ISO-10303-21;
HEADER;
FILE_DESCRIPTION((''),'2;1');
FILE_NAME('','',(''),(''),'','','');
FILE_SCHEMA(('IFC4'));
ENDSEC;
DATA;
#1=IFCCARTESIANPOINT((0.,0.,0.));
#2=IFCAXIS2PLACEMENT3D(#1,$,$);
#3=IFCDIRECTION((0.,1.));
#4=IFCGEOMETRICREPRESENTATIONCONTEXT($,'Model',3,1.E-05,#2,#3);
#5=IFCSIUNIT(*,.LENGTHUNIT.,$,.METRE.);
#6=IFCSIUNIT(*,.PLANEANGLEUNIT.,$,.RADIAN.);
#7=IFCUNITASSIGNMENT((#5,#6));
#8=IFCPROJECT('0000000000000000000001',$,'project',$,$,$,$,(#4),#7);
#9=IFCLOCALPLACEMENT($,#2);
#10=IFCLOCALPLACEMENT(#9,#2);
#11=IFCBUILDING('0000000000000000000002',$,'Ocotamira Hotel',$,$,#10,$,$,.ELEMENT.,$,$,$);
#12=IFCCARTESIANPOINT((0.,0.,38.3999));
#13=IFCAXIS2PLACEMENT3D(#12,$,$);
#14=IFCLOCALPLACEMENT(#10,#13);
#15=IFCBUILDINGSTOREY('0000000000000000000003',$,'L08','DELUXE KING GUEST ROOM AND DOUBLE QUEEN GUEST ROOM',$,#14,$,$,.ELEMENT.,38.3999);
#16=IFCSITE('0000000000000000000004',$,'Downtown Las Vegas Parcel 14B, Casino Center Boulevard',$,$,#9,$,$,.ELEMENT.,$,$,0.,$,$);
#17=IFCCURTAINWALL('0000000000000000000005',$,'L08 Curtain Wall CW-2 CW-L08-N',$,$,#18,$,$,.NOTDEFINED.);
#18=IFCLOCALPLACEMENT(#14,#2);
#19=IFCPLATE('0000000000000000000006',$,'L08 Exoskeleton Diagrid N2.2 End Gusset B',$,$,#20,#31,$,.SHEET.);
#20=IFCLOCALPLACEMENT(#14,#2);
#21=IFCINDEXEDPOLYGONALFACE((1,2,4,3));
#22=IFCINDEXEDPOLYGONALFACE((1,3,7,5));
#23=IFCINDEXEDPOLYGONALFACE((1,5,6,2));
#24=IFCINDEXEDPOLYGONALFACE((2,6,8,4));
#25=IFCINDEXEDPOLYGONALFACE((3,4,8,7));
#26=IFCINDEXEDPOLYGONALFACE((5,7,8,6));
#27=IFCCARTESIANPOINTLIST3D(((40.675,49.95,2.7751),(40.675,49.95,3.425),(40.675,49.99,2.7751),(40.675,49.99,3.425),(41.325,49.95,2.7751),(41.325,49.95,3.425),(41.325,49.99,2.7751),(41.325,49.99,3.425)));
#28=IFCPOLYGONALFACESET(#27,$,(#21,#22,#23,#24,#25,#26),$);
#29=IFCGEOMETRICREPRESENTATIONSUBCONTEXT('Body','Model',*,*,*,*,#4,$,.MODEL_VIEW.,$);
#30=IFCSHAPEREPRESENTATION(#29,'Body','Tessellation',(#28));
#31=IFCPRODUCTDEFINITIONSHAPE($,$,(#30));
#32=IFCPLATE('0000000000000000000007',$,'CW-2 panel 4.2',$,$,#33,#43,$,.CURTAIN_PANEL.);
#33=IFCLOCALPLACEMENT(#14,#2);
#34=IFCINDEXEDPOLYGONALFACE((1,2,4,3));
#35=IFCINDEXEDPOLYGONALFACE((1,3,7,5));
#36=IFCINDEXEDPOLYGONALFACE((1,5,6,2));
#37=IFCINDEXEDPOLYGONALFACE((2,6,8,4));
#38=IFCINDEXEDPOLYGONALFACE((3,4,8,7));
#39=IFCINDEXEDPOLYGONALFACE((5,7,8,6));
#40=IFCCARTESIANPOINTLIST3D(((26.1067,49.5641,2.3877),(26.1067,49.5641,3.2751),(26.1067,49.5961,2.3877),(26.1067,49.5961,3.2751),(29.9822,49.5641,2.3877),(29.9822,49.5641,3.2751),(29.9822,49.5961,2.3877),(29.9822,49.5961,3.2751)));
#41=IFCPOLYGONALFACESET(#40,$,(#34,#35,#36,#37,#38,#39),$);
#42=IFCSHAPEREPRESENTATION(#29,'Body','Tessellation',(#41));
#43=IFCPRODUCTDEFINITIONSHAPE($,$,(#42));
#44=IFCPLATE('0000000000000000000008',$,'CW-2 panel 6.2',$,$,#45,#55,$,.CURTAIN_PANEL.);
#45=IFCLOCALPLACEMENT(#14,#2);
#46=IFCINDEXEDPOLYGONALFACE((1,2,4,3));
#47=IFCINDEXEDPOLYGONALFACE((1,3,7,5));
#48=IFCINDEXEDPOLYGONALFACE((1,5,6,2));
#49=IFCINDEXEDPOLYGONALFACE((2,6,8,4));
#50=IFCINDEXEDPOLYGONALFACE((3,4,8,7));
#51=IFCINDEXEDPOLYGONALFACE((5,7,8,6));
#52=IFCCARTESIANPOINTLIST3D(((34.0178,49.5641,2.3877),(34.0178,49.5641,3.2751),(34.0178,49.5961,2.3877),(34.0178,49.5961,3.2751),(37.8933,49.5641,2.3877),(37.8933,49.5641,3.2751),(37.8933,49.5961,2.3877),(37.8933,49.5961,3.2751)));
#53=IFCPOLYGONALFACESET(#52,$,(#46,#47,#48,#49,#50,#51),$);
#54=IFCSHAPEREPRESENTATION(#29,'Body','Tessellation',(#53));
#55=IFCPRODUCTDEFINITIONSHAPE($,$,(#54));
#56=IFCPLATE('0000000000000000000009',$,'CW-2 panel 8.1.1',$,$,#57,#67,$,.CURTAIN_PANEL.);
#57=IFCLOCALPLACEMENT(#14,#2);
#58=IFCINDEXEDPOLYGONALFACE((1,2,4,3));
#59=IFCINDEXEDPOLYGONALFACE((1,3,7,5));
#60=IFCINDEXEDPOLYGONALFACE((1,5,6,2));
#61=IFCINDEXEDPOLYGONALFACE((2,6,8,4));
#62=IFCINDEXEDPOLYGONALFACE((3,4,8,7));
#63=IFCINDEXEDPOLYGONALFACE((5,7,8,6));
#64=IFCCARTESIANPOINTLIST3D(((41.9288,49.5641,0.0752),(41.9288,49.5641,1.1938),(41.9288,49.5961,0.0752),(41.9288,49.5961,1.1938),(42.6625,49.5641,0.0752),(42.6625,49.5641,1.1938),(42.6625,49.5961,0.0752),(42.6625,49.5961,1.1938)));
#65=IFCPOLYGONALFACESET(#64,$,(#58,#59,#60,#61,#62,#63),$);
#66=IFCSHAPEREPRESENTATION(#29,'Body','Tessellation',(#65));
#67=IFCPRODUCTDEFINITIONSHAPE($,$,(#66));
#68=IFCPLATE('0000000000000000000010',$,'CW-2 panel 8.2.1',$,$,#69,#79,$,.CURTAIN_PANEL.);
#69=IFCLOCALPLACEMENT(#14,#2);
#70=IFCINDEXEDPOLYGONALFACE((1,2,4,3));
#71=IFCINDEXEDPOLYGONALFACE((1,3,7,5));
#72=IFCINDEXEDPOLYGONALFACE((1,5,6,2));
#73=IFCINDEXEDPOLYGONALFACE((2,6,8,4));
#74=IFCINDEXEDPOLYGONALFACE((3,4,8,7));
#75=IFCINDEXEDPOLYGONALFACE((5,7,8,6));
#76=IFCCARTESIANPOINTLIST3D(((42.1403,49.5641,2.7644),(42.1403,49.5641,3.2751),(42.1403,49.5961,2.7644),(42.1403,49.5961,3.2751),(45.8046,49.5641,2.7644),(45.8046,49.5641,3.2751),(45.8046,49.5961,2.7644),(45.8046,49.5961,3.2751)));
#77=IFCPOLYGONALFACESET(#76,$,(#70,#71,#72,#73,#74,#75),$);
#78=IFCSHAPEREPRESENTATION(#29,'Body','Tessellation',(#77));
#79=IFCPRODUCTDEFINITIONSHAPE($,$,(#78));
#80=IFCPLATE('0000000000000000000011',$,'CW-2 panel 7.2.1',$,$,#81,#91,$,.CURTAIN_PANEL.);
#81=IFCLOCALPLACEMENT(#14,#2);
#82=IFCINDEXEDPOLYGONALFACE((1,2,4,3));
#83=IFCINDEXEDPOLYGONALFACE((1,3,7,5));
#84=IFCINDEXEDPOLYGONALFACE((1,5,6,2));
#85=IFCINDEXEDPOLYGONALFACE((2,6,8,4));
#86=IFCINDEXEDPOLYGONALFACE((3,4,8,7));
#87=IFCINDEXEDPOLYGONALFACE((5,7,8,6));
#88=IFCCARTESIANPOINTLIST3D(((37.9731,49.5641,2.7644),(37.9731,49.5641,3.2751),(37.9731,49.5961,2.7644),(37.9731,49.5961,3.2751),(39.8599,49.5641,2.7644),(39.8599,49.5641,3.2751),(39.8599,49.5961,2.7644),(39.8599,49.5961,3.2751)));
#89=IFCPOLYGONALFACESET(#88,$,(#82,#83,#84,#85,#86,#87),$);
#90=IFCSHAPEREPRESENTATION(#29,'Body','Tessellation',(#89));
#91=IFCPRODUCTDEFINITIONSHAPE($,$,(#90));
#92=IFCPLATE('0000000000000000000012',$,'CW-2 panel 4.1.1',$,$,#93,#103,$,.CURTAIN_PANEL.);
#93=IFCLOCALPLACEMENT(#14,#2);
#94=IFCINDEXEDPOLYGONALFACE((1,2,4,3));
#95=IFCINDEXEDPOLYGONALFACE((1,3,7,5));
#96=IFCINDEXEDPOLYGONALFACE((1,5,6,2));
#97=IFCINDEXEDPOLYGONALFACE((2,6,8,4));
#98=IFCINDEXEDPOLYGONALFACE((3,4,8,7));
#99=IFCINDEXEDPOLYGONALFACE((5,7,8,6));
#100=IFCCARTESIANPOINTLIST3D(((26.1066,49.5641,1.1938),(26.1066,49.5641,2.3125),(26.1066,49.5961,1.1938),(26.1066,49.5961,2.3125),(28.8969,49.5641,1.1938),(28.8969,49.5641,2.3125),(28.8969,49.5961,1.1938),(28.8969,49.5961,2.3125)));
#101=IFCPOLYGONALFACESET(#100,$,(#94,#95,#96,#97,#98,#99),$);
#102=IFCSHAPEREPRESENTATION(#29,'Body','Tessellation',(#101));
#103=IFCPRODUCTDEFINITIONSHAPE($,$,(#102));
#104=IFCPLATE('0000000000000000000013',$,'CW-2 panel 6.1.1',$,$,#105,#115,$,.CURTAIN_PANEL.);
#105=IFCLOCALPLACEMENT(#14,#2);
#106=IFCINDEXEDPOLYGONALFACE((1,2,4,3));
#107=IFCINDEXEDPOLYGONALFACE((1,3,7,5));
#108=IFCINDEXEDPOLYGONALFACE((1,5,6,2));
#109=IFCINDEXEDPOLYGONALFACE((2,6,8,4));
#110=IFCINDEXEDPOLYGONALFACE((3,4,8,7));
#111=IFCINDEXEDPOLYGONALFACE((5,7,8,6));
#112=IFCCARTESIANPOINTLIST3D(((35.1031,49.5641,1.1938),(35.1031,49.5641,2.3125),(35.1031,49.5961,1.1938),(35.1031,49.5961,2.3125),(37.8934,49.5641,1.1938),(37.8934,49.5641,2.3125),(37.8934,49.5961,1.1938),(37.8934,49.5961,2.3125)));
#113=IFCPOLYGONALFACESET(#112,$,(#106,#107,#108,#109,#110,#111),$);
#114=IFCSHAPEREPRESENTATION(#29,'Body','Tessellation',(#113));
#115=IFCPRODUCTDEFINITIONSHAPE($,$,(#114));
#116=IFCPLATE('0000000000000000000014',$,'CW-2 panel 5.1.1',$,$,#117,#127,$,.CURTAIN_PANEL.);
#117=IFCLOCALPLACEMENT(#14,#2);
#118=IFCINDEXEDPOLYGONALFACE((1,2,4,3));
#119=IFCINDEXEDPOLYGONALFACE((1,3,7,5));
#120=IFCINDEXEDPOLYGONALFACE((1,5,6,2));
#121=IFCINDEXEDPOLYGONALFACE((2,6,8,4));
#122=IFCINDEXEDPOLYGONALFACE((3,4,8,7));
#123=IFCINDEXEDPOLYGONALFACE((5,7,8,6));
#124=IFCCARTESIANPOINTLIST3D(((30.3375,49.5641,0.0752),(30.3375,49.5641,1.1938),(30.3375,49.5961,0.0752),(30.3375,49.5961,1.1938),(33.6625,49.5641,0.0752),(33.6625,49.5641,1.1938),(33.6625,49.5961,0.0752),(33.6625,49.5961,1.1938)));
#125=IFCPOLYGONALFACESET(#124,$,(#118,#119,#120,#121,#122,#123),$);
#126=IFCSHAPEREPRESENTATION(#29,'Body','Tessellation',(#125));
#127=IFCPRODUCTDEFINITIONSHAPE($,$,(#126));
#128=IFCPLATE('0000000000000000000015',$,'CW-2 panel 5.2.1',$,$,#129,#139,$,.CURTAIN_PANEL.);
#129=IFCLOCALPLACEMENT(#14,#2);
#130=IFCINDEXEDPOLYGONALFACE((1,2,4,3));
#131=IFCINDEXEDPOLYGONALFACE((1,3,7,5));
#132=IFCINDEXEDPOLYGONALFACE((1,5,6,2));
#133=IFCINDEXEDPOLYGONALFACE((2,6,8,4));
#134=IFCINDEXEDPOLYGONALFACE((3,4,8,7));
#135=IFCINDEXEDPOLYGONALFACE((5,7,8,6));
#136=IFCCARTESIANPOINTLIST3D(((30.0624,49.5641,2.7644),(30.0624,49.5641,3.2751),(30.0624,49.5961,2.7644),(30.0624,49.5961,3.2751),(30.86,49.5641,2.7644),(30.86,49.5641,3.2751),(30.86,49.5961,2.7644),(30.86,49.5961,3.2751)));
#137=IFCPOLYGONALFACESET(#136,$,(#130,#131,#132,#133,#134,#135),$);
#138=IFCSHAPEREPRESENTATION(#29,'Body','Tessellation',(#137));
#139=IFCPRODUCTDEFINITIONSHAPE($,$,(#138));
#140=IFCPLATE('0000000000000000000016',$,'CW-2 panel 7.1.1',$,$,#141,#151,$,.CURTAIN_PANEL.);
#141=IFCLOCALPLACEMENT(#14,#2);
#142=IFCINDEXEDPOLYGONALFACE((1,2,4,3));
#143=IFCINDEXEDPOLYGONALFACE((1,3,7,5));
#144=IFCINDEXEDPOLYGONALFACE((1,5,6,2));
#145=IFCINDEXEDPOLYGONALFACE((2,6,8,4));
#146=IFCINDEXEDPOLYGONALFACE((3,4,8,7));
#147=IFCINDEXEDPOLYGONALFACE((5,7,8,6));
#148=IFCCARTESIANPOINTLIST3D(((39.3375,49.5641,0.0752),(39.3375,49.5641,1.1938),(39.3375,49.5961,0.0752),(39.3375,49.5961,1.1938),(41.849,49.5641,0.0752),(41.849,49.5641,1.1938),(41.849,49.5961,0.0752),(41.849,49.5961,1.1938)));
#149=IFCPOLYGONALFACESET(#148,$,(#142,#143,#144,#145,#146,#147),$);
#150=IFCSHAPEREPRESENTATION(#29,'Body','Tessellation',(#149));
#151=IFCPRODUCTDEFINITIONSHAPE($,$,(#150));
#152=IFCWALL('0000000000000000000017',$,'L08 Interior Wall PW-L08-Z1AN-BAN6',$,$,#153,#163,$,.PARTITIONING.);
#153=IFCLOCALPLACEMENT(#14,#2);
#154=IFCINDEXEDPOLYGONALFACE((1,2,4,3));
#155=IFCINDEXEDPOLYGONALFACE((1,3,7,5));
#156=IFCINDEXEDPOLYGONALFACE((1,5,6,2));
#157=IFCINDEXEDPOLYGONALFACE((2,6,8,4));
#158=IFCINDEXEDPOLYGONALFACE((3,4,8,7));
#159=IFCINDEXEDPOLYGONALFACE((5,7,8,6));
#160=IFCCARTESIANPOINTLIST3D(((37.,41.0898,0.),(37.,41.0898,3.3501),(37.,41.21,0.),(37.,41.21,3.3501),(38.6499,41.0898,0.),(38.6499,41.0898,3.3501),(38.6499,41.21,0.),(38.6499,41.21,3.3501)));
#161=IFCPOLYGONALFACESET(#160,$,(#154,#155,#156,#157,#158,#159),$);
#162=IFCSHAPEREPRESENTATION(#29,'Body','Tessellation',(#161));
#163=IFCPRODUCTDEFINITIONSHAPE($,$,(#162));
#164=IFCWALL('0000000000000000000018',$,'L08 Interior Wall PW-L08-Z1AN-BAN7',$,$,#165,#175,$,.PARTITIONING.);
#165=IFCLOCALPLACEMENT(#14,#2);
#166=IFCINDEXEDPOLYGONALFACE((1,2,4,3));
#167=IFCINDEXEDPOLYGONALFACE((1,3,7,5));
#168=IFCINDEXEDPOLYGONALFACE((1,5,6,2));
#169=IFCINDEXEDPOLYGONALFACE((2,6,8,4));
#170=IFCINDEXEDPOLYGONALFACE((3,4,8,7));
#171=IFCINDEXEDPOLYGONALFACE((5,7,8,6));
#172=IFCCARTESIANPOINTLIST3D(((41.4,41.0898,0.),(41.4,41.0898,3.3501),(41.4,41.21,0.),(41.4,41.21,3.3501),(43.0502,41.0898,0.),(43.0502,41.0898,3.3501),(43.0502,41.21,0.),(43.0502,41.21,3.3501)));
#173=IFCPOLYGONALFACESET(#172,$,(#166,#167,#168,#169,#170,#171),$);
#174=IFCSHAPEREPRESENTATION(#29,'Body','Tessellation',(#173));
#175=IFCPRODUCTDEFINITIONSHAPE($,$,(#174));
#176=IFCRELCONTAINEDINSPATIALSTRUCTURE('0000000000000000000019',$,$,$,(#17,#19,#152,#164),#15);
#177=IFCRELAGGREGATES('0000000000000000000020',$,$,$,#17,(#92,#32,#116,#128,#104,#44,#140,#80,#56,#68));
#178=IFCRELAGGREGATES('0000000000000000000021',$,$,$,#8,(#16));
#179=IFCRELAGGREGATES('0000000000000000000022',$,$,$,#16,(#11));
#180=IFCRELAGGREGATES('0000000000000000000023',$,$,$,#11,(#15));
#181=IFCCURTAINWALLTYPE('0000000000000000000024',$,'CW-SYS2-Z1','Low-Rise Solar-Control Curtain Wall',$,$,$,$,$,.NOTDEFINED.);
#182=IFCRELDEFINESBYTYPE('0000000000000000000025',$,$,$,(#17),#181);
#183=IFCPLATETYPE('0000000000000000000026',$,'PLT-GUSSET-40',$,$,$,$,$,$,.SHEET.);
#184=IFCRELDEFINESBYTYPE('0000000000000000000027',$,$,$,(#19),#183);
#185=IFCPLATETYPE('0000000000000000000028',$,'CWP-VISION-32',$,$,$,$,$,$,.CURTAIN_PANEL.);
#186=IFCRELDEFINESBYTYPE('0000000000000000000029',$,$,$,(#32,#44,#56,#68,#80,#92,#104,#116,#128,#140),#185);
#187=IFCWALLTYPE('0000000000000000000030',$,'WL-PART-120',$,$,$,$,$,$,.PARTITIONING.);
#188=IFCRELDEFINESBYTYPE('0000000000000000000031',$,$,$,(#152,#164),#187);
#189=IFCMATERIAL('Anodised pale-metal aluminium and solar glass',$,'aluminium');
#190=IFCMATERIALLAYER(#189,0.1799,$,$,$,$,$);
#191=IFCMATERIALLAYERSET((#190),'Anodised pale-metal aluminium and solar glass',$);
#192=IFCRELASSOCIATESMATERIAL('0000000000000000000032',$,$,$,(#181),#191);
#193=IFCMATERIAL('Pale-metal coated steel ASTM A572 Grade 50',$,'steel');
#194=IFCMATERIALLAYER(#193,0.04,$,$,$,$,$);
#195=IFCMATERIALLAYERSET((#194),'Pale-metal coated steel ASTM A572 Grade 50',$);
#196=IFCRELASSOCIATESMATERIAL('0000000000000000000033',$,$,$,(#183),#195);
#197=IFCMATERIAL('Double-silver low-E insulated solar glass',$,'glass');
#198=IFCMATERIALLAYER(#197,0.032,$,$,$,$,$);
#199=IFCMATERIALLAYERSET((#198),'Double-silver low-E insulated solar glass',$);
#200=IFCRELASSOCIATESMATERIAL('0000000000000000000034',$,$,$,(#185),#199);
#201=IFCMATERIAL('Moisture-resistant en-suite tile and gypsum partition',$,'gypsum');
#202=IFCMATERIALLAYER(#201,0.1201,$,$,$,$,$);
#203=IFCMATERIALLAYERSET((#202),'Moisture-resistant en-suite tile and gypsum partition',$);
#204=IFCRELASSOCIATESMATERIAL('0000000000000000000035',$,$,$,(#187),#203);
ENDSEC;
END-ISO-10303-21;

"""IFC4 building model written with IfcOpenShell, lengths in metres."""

from ifc_helpers import new_model, si_unit, direction, frame, frame_2d, origin, origin_2d, place, context, subcontext, project, spatial, rectangle, extrude, source, transform, mapped, material, layer, layer_set, type_object, element, aggregate, save


model = new_model("IFC4")

# Units and contexts
model_context = context("Model", 3, precision=1e-05, world=origin(), true_north=direction((0.0, 1.0)))
body_context = subcontext(model_context, "Body", "Model", "MODEL_VIEW")
ifc_project = project(units=[si_unit("LENGTHUNIT", "METRE"), si_unit("PLANEANGLEUNIT", "RADIAN")], contexts=[model_context])

# Site, building, storey
site_placement = place(None, origin())
site = spatial("IfcSite", under=ifc_project, at=site_placement, Name="Downtown Las Vegas Parcel 14B, Casino Center Boulevard", CompositionType="ELEMENT", RefElevation=0.0)
building_placement = place(site_placement, origin())
building = spatial("IfcBuilding", under=site, at=building_placement, Name="Ocotamira Hotel", CompositionType="ELEMENT")
storey_placement = place(building_placement, frame((0.0, 0.0, 38.3999)))
storey = spatial("IfcBuildingStorey", under=building, at=storey_placement, Name="L08", Description="DELUXE KING GUEST ROOM AND DOUBLE QUEEN GUEST ROOM", CompositionType="ELEMENT", Elevation=38.3999)

# Curtain wall
ifc_material_1 = material(Name="Anodised pale-metal aluminium and solar glass", Category="aluminium")
ifc_layer_1 = layer(ifc_material_1, 0.1799)
ifc_layer_set_1 = layer_set([ifc_layer_1], Name="Anodised pale-metal aluminium and solar glass")
curtain_wall_type = type_object("IfcCurtainWallType", Name="CW-SYS2-Z1", Description="Low-Rise Solar-Control Curtain Wall", PredefinedType="NOTDEFINED", material=ifc_layer_set_1)
curtain_wall_placement = place(storey_placement, origin())
curtain_wall = element("IfcCurtainWall", 1, at=curtain_wall_placement, inside=storey, type_object=curtain_wall_type, Name="L08 Curtain Wall CW-2 CW-L08-N", PredefinedType="NOTDEFINED")

# Plate
ifc_material_2 = material(Name="Pale-metal coated steel ASTM A572 Grade 50", Category="steel")
ifc_layer_2 = layer(ifc_material_2, 0.04)
ifc_layer_set_2 = layer_set([ifc_layer_2], Name="Pale-metal coated steel ASTM A572 Grade 50")
plate_type_1 = type_object("IfcPlateType", Name="PLT-GUSSET-40", PredefinedType="SHEET", material=ifc_layer_set_2)
shared_shape_1 = source(origin(), body_context, "Body", "SweptSolid", [
    extrude(rectangle(XDim=0.6499, YDim=0.04, at=origin_2d()), origin(), (0.0, 0.0, 1.0), 0.6499),
])
for number, where, z_axis, x_axis, name in (
    (2, (41.0, 49.97, 2.7751), (0.0, 0.0, 1.0), (1.0, 0.0, 0.0), "L08 Exoskeleton Diagrid N2.2 End Gusset B"),
):
    element("IfcPlate", number, at=place(storey_placement, frame(where, z_axis=z_axis, x_axis=x_axis)), inside=storey, type_object=plate_type_1, Name=name, PredefinedType="SHEET", context=body_context, shape_type="MappedRepresentation", body=[
        mapped(shared_shape_1, transform((0.0, 0.0, 0.0), scale=1.0)),
    ])

# Plates
ifc_material_3 = material(Name="Double-silver low-E insulated solar glass", Category="glass")
ifc_layer_3 = layer(ifc_material_3, 0.032)
ifc_layer_set_3 = layer_set([ifc_layer_3], Name="Double-silver low-E insulated solar glass")
plate_type_2 = type_object("IfcPlateType", Name="CWP-VISION-32", PredefinedType="CURTAIN_PANEL", material=ifc_layer_set_3)
shared_shape_2 = source(origin(), body_context, "Body", "SweptSolid", [
    extrude(rectangle(XDim=3.8755, YDim=0.032, at=origin_2d()), origin(), (0.0, 0.0, 1.0), 0.8875),
])
plate_1_placement = place(storey_placement, frame((28.0444, 49.5801, 2.3877), z_axis=(0.0, 0.0, 1.0), x_axis=(1.0, 0.0, 0.0)))
plate_1 = element("IfcPlate", 3, at=plate_1_placement, type_object=plate_type_2, Name="CW-2 panel 4.2", PredefinedType="CURTAIN_PANEL", context=body_context, shape_type="MappedRepresentation", body=[
    mapped(shared_shape_2, transform((0.0, 0.0, 0.0), scale=1.0)),
])
plate_2_placement = place(storey_placement, frame((35.9556, 49.5801, 2.3877), z_axis=(0.0, 0.0, 1.0), x_axis=(1.0, 0.0, 0.0)))
plate_2 = element("IfcPlate", 4, at=plate_2_placement, type_object=plate_type_2, Name="CW-2 panel 6.2", PredefinedType="CURTAIN_PANEL", context=body_context, shape_type="MappedRepresentation", body=[
    mapped(shared_shape_2, transform((0.0, 0.0, 0.0), scale=1.0)),
])
shared_shape_3 = source(origin(), body_context, "Body", "SweptSolid", [
    extrude(rectangle(XDim=0.7336, YDim=0.032, at=origin_2d()), origin(), (0.0, 0.0, 1.0), 1.1187),
])
plate_3_placement = place(storey_placement, frame((42.2957, 49.5801, 0.0752), z_axis=(0.0, 0.0, 1.0), x_axis=(1.0, 0.0, 0.0)))
plate_3 = element("IfcPlate", 5, at=plate_3_placement, type_object=plate_type_2, Name="CW-2 panel 8.1.1", PredefinedType="CURTAIN_PANEL", context=body_context, shape_type="MappedRepresentation", body=[
    mapped(shared_shape_3, transform((0.0, 0.0, 0.0), scale=1.0)),
])
shared_shape_4 = source(origin(), body_context, "Body", "SweptSolid", [
    extrude(rectangle(XDim=3.6643, YDim=0.032, at=origin_2d()), origin(), (0.0, 0.0, 1.0), 0.5107),
])
plate_4_placement = place(storey_placement, frame((43.9724, 49.5801, 2.7644), z_axis=(0.0, 0.0, 1.0), x_axis=(1.0, 0.0, 0.0)))
plate_4 = element("IfcPlate", 6, at=plate_4_placement, type_object=plate_type_2, Name="CW-2 panel 8.2.1", PredefinedType="CURTAIN_PANEL", context=body_context, shape_type="MappedRepresentation", body=[
    mapped(shared_shape_4, transform((0.0, 0.0, 0.0), scale=1.0)),
])
shared_shape_5 = source(origin(), body_context, "Body", "SweptSolid", [
    extrude(rectangle(XDim=1.8867, YDim=0.032, at=origin_2d()), origin(), (0.0, 0.0, 1.0), 0.5107),
])
plate_5_placement = place(storey_placement, frame((38.9165, 49.5801, 2.7644), z_axis=(0.0, 0.0, 1.0), x_axis=(1.0, 0.0, 0.0)))
plate_5 = element("IfcPlate", 7, at=plate_5_placement, type_object=plate_type_2, Name="CW-2 panel 7.2.1", PredefinedType="CURTAIN_PANEL", context=body_context, shape_type="MappedRepresentation", body=[
    mapped(shared_shape_5, transform((0.0, 0.0, 0.0), scale=1.0)),
])
shared_shape_6 = source(origin(), body_context, "Body", "SweptSolid", [
    extrude(rectangle(XDim=2.7903, YDim=0.032, at=origin_2d()), origin(), (0.0, 0.0, 1.0), 1.1187),
])
plate_6_placement = place(storey_placement, frame((27.5017, 49.5801, 1.1938), z_axis=(0.0, 0.0, 1.0), x_axis=(1.0, 0.0, 0.0)))
plate_6 = element("IfcPlate", 8, at=plate_6_placement, type_object=plate_type_2, Name="CW-2 panel 4.1.1", PredefinedType="CURTAIN_PANEL", context=body_context, shape_type="MappedRepresentation", body=[
    mapped(shared_shape_6, transform((0.0, 0.0, 0.0), scale=1.0)),
])
plate_7_placement = place(storey_placement, frame((36.4983, 49.5801, 1.1938), z_axis=(0.0, 0.0, 1.0), x_axis=(1.0, 0.0, 0.0)))
plate_7 = element("IfcPlate", 9, at=plate_7_placement, type_object=plate_type_2, Name="CW-2 panel 6.1.1", PredefinedType="CURTAIN_PANEL", context=body_context, shape_type="MappedRepresentation", body=[
    mapped(shared_shape_6, transform((0.0, 0.0, 0.0), scale=1.0)),
])
shared_shape_7 = source(origin(), body_context, "Body", "SweptSolid", [
    extrude(rectangle(XDim=3.325, YDim=0.032, at=origin_2d()), origin(), (0.0, 0.0, 1.0), 1.1187),
])
plate_8_placement = place(storey_placement, frame((32.0, 49.5801, 0.0752), z_axis=(0.0, 0.0, 1.0), x_axis=(1.0, 0.0, 0.0)))
plate_8 = element("IfcPlate", 10, at=plate_8_placement, type_object=plate_type_2, Name="CW-2 panel 5.1.1", PredefinedType="CURTAIN_PANEL", context=body_context, shape_type="MappedRepresentation", body=[
    mapped(shared_shape_7, transform((0.0, 0.0, 0.0), scale=1.0)),
])
shared_shape_8 = source(origin(), body_context, "Body", "SweptSolid", [
    extrude(rectangle(XDim=0.7976, YDim=0.032, at=origin_2d()), origin(), (0.0, 0.0, 1.0), 0.5107),
])
plate_9_placement = place(storey_placement, frame((30.4612, 49.5801, 2.7644), z_axis=(0.0, 0.0, 1.0), x_axis=(1.0, 0.0, 0.0)))
plate_9 = element("IfcPlate", 11, at=plate_9_placement, type_object=plate_type_2, Name="CW-2 panel 5.2.1", PredefinedType="CURTAIN_PANEL", context=body_context, shape_type="MappedRepresentation", body=[
    mapped(shared_shape_8, transform((0.0, 0.0, 0.0), scale=1.0)),
])
shared_shape_9 = source(origin(), body_context, "Body", "SweptSolid", [
    extrude(rectangle(XDim=2.5115, YDim=0.032, at=origin_2d()), origin(), (0.0, 0.0, 1.0), 1.1187),
])
plate_10_placement = place(storey_placement, frame((40.5933, 49.5801, 0.0752), z_axis=(0.0, 0.0, 1.0), x_axis=(1.0, 0.0, 0.0)))
plate_10 = element("IfcPlate", 12, at=plate_10_placement, type_object=plate_type_2, Name="CW-2 panel 7.1.1", PredefinedType="CURTAIN_PANEL", context=body_context, shape_type="MappedRepresentation", body=[
    mapped(shared_shape_9, transform((0.0, 0.0, 0.0), scale=1.0)),
])
aggregate(curtain_wall, [plate_6, plate_1, plate_8, plate_9, plate_7, plate_2, plate_10, plate_5, plate_3, plate_4])

# Walls
ifc_material_4 = material(Name="Moisture-resistant en-suite tile and gypsum partition", Category="gypsum")
ifc_layer_4 = layer(ifc_material_4, 0.1201)
ifc_layer_set_4 = layer_set([ifc_layer_4], Name="Moisture-resistant en-suite tile and gypsum partition")
wall_type = type_object("IfcWallType", Name="WL-PART-120", PredefinedType="PARTITIONING", material=ifc_layer_set_4)
wall_1_placement = place(storey_placement, frame((37.0, 41.1499, 0.0), z_axis=(0.0, 0.0, 1.0), x_axis=(1.0, 0.0, 0.0)))
element("IfcWall", 13, at=wall_1_placement, inside=storey, type_object=wall_type, Name="L08 Interior Wall PW-L08-Z1AN-BAN6", PredefinedType="PARTITIONING", context=body_context, shape_type="SweptSolid", body=[
    extrude(rectangle(XDim=1.6499, YDim=0.1201, at=frame_2d((0.825, 0.0))), origin(), (0.0, 0.0, 1.0), 3.3501),
])
wall_2_placement = place(storey_placement, frame((41.3999, 41.1499, 0.0), z_axis=(0.0, 0.0, 1.0), x_axis=(1.0, 0.0, 0.0)))
element("IfcWall", 14, at=wall_2_placement, inside=storey, type_object=wall_type, Name="L08 Interior Wall PW-L08-Z1AN-BAN7", PredefinedType="PARTITIONING", context=body_context, shape_type="SweptSolid", body=[
    extrude(rectangle(XDim=1.6501, YDim=0.1201, at=frame_2d((0.8252, 0.0))), origin(), (0.0, 0.0, 1.0), 3.3501),
])

save(model, "model.ifc")
